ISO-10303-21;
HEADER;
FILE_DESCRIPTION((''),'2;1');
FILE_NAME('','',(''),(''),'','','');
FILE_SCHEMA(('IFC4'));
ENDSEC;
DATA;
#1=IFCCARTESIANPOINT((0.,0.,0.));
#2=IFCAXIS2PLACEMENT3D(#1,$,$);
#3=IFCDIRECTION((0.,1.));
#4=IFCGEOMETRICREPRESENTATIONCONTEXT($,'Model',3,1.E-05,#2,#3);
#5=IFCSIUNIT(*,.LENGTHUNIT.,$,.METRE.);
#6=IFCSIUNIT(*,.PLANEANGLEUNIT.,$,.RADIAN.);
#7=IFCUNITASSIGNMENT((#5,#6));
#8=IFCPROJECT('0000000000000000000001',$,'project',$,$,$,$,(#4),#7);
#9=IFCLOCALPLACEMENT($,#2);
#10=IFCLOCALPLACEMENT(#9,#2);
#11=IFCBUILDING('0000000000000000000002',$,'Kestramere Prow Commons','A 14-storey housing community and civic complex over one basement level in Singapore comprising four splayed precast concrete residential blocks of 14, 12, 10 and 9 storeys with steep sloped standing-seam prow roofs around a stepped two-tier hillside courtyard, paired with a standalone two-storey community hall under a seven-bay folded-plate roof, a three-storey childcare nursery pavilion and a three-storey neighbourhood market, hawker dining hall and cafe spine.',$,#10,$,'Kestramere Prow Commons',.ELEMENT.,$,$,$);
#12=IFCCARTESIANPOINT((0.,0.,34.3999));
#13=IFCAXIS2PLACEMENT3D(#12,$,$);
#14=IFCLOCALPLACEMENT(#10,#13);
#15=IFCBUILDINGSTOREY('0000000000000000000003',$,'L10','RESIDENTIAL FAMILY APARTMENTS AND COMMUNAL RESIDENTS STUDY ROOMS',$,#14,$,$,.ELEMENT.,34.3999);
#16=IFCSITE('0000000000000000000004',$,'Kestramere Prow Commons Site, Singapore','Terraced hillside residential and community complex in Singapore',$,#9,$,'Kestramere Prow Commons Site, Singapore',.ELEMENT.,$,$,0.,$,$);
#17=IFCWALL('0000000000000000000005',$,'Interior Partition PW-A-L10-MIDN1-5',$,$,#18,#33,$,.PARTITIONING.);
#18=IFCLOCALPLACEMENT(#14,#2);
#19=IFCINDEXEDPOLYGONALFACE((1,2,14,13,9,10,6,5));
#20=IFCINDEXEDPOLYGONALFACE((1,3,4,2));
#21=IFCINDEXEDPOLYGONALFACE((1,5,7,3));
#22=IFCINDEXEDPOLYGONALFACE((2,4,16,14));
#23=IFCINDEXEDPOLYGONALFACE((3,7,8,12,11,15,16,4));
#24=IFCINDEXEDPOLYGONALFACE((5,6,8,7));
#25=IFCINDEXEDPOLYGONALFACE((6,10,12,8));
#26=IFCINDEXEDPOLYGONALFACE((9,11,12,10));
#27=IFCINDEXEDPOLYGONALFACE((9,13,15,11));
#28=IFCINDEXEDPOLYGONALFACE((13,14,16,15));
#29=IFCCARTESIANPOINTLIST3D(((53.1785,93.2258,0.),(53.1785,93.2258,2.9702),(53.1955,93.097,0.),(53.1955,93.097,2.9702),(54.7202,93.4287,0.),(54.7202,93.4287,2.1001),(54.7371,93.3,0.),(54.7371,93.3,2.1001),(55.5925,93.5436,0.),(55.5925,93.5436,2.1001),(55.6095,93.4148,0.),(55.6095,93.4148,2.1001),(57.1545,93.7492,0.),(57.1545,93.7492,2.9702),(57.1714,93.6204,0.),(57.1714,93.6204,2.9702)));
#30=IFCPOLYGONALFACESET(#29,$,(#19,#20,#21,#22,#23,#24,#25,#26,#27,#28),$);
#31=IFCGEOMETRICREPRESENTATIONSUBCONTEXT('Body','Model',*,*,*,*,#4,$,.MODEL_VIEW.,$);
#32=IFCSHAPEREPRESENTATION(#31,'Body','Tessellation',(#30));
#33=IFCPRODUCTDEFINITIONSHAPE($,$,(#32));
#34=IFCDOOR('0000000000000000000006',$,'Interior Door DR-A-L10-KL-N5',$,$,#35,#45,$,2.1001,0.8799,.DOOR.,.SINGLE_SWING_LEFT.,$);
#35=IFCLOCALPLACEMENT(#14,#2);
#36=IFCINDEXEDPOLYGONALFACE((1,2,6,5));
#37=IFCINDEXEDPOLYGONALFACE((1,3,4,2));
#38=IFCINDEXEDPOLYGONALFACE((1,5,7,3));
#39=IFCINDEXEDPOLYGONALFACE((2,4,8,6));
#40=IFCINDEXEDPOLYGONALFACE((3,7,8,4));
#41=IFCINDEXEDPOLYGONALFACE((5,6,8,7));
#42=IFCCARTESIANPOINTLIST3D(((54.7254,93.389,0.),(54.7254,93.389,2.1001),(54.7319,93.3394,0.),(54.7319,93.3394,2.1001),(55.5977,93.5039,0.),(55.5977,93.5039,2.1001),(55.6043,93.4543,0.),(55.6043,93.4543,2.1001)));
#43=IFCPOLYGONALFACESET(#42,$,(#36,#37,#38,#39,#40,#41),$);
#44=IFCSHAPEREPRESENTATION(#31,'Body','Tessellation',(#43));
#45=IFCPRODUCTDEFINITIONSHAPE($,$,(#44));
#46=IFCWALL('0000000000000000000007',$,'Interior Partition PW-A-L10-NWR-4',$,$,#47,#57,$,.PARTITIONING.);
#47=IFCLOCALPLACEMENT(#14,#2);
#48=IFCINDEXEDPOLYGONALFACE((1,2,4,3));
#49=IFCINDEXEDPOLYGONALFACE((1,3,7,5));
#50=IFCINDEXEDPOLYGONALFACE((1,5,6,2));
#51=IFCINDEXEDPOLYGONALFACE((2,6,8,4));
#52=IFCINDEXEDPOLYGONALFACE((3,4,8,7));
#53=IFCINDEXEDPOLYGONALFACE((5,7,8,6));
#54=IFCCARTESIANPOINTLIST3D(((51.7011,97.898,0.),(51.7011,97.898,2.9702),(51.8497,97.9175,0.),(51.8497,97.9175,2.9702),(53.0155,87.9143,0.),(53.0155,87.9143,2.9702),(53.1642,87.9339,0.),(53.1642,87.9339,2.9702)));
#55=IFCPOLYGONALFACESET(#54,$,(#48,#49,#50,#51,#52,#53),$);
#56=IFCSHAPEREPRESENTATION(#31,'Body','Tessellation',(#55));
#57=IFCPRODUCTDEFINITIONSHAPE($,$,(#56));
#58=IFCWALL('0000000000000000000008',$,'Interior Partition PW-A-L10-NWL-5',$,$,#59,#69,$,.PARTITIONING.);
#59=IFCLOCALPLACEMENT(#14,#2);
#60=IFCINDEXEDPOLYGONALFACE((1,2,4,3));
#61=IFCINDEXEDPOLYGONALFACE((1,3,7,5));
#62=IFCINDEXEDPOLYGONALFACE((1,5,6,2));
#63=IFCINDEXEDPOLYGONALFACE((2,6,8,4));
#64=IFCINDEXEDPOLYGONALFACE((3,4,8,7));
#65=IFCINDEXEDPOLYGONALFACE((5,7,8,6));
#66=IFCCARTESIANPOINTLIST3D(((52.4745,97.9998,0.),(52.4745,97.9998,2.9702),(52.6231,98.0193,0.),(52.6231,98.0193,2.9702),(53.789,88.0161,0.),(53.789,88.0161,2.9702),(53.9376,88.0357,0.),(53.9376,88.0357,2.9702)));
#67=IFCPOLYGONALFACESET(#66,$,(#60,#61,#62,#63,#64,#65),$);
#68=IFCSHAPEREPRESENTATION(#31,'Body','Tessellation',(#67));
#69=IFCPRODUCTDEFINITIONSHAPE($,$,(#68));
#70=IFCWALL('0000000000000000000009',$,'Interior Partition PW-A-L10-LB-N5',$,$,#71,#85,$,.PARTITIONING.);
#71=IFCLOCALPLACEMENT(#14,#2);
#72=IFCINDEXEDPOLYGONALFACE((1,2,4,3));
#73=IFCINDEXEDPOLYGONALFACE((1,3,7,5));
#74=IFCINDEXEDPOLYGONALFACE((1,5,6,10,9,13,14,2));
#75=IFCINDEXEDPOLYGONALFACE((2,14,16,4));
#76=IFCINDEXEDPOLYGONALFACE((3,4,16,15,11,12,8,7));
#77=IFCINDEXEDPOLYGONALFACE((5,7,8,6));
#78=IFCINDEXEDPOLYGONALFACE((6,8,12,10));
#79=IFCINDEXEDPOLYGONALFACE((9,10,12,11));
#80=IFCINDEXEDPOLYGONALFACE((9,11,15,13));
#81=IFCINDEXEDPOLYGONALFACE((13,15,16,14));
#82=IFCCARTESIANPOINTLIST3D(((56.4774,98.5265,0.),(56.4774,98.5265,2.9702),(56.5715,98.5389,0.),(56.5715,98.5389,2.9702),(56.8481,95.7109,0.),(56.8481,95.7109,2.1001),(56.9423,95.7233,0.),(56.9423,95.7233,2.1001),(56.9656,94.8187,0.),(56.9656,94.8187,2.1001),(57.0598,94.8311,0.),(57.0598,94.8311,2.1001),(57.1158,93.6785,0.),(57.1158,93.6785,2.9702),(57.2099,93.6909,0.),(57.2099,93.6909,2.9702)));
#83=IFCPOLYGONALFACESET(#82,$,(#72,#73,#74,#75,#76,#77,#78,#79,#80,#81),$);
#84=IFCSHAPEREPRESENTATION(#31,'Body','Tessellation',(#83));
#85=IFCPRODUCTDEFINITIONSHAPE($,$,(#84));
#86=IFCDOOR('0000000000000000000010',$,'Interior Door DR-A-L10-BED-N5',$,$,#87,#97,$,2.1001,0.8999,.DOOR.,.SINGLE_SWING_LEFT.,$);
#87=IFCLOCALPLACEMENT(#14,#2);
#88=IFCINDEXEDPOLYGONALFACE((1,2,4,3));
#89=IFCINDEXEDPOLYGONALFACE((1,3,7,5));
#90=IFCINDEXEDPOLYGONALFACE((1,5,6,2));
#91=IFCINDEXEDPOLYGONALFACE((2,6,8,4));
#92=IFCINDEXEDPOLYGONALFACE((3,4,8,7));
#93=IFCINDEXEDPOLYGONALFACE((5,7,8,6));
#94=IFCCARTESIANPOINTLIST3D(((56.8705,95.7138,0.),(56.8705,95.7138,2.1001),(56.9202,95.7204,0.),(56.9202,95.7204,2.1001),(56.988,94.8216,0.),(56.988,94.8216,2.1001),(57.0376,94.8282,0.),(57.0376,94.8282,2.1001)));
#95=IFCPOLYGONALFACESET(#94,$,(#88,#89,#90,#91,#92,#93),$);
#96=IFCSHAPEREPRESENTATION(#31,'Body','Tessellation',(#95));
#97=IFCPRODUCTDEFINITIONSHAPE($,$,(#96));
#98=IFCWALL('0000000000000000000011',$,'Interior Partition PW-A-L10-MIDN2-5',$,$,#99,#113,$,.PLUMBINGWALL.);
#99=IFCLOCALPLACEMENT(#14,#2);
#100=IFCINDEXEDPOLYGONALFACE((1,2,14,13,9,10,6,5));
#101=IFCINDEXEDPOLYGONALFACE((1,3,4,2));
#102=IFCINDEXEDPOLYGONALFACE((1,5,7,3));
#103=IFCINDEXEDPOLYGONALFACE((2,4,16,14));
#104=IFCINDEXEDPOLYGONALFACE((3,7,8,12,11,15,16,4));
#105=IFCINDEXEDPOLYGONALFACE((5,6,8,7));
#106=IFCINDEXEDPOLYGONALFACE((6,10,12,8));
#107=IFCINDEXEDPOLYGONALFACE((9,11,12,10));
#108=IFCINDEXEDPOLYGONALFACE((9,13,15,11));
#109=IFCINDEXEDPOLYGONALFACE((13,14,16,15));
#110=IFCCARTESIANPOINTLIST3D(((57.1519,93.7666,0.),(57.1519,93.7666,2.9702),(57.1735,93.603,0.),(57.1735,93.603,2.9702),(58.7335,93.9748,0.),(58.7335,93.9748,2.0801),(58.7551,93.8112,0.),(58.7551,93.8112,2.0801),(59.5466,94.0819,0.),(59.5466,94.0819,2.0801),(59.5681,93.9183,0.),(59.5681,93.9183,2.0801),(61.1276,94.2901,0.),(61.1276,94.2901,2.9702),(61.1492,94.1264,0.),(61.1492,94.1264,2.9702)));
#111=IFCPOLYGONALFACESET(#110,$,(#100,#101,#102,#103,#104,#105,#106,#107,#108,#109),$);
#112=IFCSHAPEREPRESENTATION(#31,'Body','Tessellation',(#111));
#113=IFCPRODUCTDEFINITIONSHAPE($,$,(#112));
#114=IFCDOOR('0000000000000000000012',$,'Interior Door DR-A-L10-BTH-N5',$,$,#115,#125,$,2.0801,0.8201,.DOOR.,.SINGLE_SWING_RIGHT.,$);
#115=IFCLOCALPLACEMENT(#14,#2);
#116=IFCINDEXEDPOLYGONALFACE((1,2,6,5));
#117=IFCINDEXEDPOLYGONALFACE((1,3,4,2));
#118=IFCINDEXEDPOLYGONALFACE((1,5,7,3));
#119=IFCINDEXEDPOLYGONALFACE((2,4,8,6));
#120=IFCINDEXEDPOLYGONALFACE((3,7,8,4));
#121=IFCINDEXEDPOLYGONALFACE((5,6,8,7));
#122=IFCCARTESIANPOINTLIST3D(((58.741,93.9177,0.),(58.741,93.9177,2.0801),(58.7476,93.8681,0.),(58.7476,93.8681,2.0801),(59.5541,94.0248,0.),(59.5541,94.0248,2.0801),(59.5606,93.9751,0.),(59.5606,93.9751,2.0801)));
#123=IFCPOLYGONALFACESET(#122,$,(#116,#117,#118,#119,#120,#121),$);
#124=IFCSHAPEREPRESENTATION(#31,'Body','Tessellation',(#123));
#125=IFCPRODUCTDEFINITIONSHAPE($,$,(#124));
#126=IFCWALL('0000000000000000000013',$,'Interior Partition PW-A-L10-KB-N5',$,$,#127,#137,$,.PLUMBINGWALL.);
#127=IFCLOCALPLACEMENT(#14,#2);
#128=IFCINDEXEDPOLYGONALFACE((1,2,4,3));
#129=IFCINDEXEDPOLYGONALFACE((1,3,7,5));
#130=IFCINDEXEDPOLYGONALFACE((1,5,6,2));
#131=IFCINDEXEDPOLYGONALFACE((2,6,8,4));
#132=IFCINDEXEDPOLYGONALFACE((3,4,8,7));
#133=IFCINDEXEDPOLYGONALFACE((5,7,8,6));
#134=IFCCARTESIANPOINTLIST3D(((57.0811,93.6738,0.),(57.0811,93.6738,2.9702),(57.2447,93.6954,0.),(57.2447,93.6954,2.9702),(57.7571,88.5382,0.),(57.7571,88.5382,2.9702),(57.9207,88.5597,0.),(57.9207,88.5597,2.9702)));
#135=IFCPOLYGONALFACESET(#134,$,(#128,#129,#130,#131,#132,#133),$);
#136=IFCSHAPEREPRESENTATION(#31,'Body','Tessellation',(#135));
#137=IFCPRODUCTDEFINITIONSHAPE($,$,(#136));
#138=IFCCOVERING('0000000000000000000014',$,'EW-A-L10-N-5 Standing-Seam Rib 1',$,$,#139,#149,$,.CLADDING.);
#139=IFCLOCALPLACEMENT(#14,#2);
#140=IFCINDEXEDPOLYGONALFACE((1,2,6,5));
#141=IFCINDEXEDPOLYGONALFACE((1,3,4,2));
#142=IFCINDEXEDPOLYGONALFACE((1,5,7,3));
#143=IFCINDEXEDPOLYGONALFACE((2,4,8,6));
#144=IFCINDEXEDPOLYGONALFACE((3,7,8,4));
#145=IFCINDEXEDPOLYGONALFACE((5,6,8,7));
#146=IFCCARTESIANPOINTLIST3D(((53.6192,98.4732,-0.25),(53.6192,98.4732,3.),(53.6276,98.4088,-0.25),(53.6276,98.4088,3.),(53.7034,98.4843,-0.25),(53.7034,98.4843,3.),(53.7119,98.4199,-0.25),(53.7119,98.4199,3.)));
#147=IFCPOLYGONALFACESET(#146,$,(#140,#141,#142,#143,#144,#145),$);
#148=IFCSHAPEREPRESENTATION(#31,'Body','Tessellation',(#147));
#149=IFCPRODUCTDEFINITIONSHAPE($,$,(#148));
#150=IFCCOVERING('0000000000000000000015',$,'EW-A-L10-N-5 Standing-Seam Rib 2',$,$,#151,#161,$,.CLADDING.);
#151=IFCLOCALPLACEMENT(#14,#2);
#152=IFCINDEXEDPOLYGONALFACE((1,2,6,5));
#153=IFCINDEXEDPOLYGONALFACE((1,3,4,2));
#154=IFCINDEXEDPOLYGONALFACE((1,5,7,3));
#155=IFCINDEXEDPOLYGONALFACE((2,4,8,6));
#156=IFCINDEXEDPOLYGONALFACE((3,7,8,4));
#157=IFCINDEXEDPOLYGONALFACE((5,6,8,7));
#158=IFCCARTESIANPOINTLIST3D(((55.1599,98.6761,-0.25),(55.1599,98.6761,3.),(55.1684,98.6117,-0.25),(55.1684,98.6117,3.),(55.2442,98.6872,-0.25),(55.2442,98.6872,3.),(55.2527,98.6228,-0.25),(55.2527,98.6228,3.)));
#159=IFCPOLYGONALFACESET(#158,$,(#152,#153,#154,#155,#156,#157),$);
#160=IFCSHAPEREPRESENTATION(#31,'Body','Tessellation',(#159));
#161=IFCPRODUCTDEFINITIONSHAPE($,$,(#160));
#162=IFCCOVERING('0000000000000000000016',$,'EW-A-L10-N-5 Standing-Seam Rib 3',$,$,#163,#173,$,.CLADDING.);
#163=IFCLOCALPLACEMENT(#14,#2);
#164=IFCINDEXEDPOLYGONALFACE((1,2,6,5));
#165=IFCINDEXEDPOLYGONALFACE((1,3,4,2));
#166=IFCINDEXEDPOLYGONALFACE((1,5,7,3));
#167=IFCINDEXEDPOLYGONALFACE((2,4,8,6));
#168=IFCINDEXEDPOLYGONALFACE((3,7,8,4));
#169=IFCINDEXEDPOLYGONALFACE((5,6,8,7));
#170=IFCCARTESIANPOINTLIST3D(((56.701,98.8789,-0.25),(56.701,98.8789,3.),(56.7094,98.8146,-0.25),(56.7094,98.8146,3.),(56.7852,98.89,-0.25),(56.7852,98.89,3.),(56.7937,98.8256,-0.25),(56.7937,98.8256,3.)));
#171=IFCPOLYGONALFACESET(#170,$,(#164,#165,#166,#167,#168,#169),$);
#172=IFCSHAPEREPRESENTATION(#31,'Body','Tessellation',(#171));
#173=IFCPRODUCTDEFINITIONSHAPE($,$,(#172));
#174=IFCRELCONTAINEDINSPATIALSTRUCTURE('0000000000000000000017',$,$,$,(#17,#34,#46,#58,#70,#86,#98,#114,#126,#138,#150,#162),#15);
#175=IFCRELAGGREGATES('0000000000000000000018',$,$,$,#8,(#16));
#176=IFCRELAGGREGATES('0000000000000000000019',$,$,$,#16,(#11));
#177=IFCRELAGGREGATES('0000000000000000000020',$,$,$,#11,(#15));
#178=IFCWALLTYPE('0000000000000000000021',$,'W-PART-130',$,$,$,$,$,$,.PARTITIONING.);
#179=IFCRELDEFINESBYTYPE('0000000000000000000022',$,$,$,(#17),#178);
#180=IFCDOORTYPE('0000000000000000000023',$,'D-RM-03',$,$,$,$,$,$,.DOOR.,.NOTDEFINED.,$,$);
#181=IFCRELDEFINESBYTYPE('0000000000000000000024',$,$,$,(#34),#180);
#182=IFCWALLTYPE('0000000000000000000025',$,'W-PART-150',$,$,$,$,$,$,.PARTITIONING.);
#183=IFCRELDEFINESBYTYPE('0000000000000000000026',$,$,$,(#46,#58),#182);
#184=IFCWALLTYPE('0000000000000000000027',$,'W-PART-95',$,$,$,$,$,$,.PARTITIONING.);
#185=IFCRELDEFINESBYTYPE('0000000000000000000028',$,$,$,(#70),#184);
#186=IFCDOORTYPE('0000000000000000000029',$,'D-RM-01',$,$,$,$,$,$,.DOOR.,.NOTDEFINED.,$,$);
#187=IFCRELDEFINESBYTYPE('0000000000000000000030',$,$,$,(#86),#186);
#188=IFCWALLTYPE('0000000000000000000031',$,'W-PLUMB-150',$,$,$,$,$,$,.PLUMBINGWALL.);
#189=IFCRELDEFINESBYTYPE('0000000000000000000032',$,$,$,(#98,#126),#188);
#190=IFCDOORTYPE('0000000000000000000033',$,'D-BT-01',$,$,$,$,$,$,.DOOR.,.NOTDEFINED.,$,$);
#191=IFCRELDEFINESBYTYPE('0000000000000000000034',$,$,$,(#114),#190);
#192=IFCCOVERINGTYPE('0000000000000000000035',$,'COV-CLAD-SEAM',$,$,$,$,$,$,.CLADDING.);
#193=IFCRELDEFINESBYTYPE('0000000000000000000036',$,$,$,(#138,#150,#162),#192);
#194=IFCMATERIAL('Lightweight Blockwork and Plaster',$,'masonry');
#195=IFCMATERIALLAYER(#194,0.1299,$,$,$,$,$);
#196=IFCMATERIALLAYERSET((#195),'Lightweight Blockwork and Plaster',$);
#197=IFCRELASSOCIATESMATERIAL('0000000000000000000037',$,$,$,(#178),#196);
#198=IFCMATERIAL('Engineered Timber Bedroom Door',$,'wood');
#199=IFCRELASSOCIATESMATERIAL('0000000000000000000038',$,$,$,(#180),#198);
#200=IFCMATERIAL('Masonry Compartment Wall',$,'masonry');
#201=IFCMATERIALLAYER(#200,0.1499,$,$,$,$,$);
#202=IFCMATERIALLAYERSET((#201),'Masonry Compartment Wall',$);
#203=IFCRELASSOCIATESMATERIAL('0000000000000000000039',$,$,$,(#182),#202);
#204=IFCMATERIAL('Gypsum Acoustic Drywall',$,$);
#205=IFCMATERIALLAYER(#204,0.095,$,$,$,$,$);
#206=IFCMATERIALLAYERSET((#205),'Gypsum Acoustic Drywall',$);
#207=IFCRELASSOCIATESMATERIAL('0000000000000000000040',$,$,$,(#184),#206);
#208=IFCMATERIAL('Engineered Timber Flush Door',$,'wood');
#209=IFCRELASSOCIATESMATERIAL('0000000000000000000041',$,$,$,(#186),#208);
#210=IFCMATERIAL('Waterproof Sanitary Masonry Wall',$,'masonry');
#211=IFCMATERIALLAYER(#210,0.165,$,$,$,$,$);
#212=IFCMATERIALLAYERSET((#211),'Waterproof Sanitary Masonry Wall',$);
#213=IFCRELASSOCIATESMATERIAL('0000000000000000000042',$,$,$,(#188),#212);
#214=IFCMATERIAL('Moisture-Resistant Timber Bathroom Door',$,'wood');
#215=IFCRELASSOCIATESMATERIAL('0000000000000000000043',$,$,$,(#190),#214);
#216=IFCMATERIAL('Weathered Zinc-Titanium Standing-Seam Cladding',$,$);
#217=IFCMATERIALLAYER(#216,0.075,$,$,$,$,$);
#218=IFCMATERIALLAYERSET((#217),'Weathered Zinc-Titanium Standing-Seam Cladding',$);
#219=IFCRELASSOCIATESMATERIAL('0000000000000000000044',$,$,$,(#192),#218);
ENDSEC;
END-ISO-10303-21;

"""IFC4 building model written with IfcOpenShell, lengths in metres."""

from ifc_helpers import new_model, si_unit, direction, frame, frame_2d, origin, origin_2d, place, context, subcontext, project, spatial, rectangle, extrude, material, layer, layer_set, type_object, element, fill, save


model = new_model("IFC4")

# Units and contexts
model_context = context("Model", 3, precision=1e-05, world=origin(), true_north=direction((0.0, 1.0)))
body_context = subcontext(model_context, "Body", "Model", "MODEL_VIEW")
ifc_project = project(units=[si_unit("LENGTHUNIT", "METRE"), si_unit("PLANEANGLEUNIT", "RADIAN")], contexts=[model_context])

# Site, building, storey
site_placement = place(None, origin())
site = spatial("IfcSite", under=ifc_project, at=site_placement, Name="Kestramere Prow Commons Site, Singapore", Description="Terraced hillside residential and community complex in Singapore", LongName="Kestramere Prow Commons Site, Singapore", CompositionType="ELEMENT", RefElevation=0.0)
building_placement = place(site_placement, origin())
building = spatial("IfcBuilding", under=site, at=building_placement, Name="Kestramere Prow Commons", Description="A 14-storey housing community and civic complex over one basement level in Singapore comprising four splayed precast concrete residential blocks of 14, 12, 10 and 9 storeys with steep sloped standing-seam prow roofs around a stepped two-tier hillside courtyard, paired with a standalone two-storey community hall under a seven-bay folded-plate roof, a three-storey childcare nursery pavilion and a three-storey neighbourhood market, hawker dining hall and cafe spine.", LongName="Kestramere Prow Commons", CompositionType="ELEMENT")
storey_placement = place(building_placement, frame((0.0, 0.0, 34.3999)))
storey = spatial("IfcBuildingStorey", under=building, at=storey_placement, Name="L10", Description="RESIDENTIAL FAMILY APARTMENTS AND COMMUNAL RESIDENTS STUDY ROOMS", CompositionType="ELEMENT", Elevation=34.3999)

# Wall, opening, door
ifc_material_1 = material(Name="Lightweight Blockwork and Plaster", Category="masonry")
ifc_layer_1 = layer(ifc_material_1, 0.1299)
ifc_layer_set_1 = layer_set([ifc_layer_1], Name="Lightweight Blockwork and Plaster")
wall_type_1 = type_object("IfcWallType", Name="W-PART-130", PredefinedType="PARTITIONING", material=ifc_layer_set_1)
wall_1_placement = place(storey_placement, frame((53.187, 93.1614, 0.0), z_axis=(0.0, 0.0, 1.0), x_axis=(0.991445, 0.130529, 0.0)))
wall_1 = element("IfcWall", 1, at=wall_1_placement, inside=storey, type_object=wall_type_1, Name="Interior Partition PW-A-L10-MIDN1-5", PredefinedType="PARTITIONING", context=body_context, shape_type="SweptSolid", body=[
    extrude(rectangle(XDim=4.0103, YDim=0.1299, at=frame_2d((2.0051, 0.0))), origin(), (0.0, 0.0, 1.0), 2.9702),
])
opening_1_placement = place(wall_1_placement, frame((1.5549, 0.0, 0.0)))
opening_1 = element("IfcOpeningElement", 2, at=opening_1_placement, cuts=wall_1, PredefinedType="OPENING", context=body_context, shape_type="SweptSolid", body=[
    extrude(rectangle(XDim=0.8799, YDim=2.1001, at=frame_2d((0.4399, 1.05))), frame((0.0, 0.0798, 0.0), z_axis=(0.0, -1.0, 0.0), x_axis=(1.0, 0.0, 0.0)), (0.0, 0.0, 1.0), 0.1599),
])
ifc_material_2 = material(Name="Engineered Timber Bedroom Door", Category="wood")
door_type_1 = type_object("IfcDoorType", Name="D-RM-03", OperationType="NOTDEFINED", PredefinedType="DOOR", material=ifc_material_2)
door_1_placement = place(opening_1_placement, origin())
door_1 = element("IfcDoor", 3, at=door_1_placement, inside=storey, type_object=door_type_1, Name="Interior Door DR-A-L10-KL-N5", OperationType="SINGLE_SWING_LEFT", OverallHeight=2.1001, OverallWidth=0.8799, PredefinedType="DOOR", context=body_context, shape_type="SweptSolid", body=[
    extrude(rectangle(XDim=0.8799, YDim=2.1001, at=frame_2d((0.4399, 1.05))), frame((0.0, 0.0249, 0.0), z_axis=(0.0, -1.0, 0.0), x_axis=(1.0, 0.0, 0.0)), (0.0, 0.0, 1.0), 0.05),
])
fill(opening_1, door_1)

# Walls
ifc_material_3 = material(Name="Masonry Compartment Wall", Category="masonry")
ifc_layer_2 = layer(ifc_material_3, 0.1499)
ifc_layer_set_2 = layer_set([ifc_layer_2], Name="Masonry Compartment Wall")
wall_type_2 = type_object("IfcWallType", Name="W-PART-150", PredefinedType="PARTITIONING", material=ifc_layer_set_2)
for number, where, z_axis, x_axis, name in (
    (4, (53.0898, 87.9241, 0.0), (0.0, 0.0, 1.0), (-0.130534, 0.991444, 0.0), "Interior Partition PW-A-L10-NWR-4"),
    (5, (53.8633, 88.0259, 0.0), (0.0, 0.0, 1.0), (-0.130534, 0.991444, 0.0), "Interior Partition PW-A-L10-NWL-5"),
):
    element("IfcWall", number, at=place(storey_placement, frame(where, z_axis=z_axis, x_axis=x_axis)), inside=storey, type_object=wall_type_2, Name=name, PredefinedType="PARTITIONING", context=body_context, shape_type="SweptSolid", body=[
        extrude(rectangle(XDim=10.0698, YDim=0.1499, at=frame_2d((5.0349, 0.0))), origin(), (0.0, 0.0, 1.0), 2.9702),
    ])

# Walls, openings, doors
ifc_material_4 = material(Name="Gypsum Acoustic Drywall")
ifc_layer_3 = layer(ifc_material_4, 0.095)
ifc_layer_set_3 = layer_set([ifc_layer_3], Name="Gypsum Acoustic Drywall")
wall_type_3 = type_object("IfcWallType", Name="W-PART-95", PredefinedType="PARTITIONING", material=ifc_layer_set_3)
wall_2_placement = place(storey_placement, frame((57.1628, 93.6848, 0.0), z_axis=(0.0, 0.0, 1.0), x_axis=(-0.130558, 0.991441, 0.0)))
wall_2 = element("IfcWall", 6, at=wall_2_placement, inside=storey, type_object=wall_type_3, Name="Interior Partition PW-A-L10-LB-N5", PredefinedType="PARTITIONING", context=body_context, shape_type="SweptSolid", body=[
    extrude(rectangle(XDim=4.8899, YDim=0.095, at=frame_2d((2.4448, 0.0))), origin(), (0.0, 0.0, 1.0), 2.9702),
])
opening_2_placement = place(wall_2_placement, frame((1.1499, 0.0, 0.0)))
opening_2 = element("IfcOpeningElement", 7, at=opening_2_placement, cuts=wall_2, PredefinedType="OPENING", context=body_context, shape_type="SweptSolid", body=[
    extrude(rectangle(XDim=0.8999, YDim=2.1001, at=frame_2d((0.45, 1.05))), frame((0.0, 0.0625, 0.0), z_axis=(0.0, -1.0, 0.0), x_axis=(1.0, 0.0, 0.0)), (0.0, 0.0, 1.0), 0.125),
])
ifc_material_5 = material(Name="Engineered Timber Flush Door", Category="wood")
door_type_2 = type_object("IfcDoorType", Name="D-RM-01", OperationType="NOTDEFINED", PredefinedType="DOOR", material=ifc_material_5)
door_2_placement = place(opening_2_placement, origin())
door_2 = element("IfcDoor", 8, at=door_2_placement, inside=storey, type_object=door_type_2, Name="Interior Door DR-A-L10-BED-N5", OperationType="SINGLE_SWING_LEFT", OverallHeight=2.1001, OverallWidth=0.8999, PredefinedType="DOOR", context=body_context, shape_type="SweptSolid", body=[
    extrude(rectangle(XDim=0.8999, YDim=2.1001, at=frame_2d((0.45, 1.05))), frame((0.0, 0.0249, 0.0), z_axis=(0.0, -1.0, 0.0), x_axis=(1.0, 0.0, 0.0)), (0.0, 0.0, 1.0), 0.05),
])
fill(opening_2, door_2)
ifc_material_6 = material(Name="Waterproof Sanitary Masonry Wall", Category="masonry")
ifc_layer_4 = layer(ifc_material_6, 0.165)
ifc_layer_set_4 = layer_set([ifc_layer_4], Name="Waterproof Sanitary Masonry Wall")
wall_type_4 = type_object("IfcWallType", Name="W-PLUMB-150", PredefinedType="PLUMBINGWALL", material=ifc_layer_set_4)
wall_3_placement = place(storey_placement, frame((57.1628, 93.6848, 0.0), z_axis=(0.0, 0.0, 1.0), x_axis=(0.991444, 0.130536, 0.0)))
wall_3 = element("IfcWall", 9, at=wall_3_placement, inside=storey, type_object=wall_type_4, Name="Interior Partition PW-A-L10-MIDN2-5", PredefinedType="PLUMBINGWALL", context=body_context, shape_type="SweptSolid", body=[
    extrude(rectangle(XDim=4.01, YDim=0.165, at=frame_2d((2.0049, 0.0))), origin(), (0.0, 0.0, 1.0), 2.9702),
])
opening_3_placement = place(wall_3_placement, frame((1.595, 0.0, 0.0)))
opening_3 = element("IfcOpeningElement", 10, at=opening_3_placement, cuts=wall_3, PredefinedType="OPENING", context=body_context, shape_type="SweptSolid", body=[
    extrude(rectangle(XDim=0.8201, YDim=2.0801, at=frame_2d((0.4102, 1.04))), frame((0.0, 0.0974, 0.0), z_axis=(0.0, -1.0, 0.0), x_axis=(1.0, 0.0, 0.0)), (0.0, 0.0, 1.0), 0.1951),
])
ifc_material_7 = material(Name="Moisture-Resistant Timber Bathroom Door", Category="wood")
door_type_3 = type_object("IfcDoorType", Name="D-BT-01", OperationType="NOTDEFINED", PredefinedType="DOOR", material=ifc_material_7)
door_3_placement = place(opening_3_placement, origin())
door_3 = element("IfcDoor", 11, at=door_3_placement, inside=storey, type_object=door_type_3, Name="Interior Door DR-A-L10-BTH-N5", OperationType="SINGLE_SWING_RIGHT", OverallHeight=2.0801, OverallWidth=0.8201, PredefinedType="DOOR", context=body_context, shape_type="SweptSolid", body=[
    extrude(rectangle(XDim=0.8201, YDim=2.0801, at=frame_2d((0.4102, 1.04))), frame((0.0, 0.0249, 0.0), z_axis=(0.0, -1.0, 0.0), x_axis=(1.0, 0.0, 0.0)), (0.0, 0.0, 1.0), 0.05),
])
fill(opening_3, door_3)

# Wall
wall_4_placement = place(storey_placement, frame((57.8389, 88.5491, 0.0), z_axis=(0.0, 0.0, 1.0), x_axis=(-0.130506, 0.991448, 0.0)))
element("IfcWall", 12, at=wall_4_placement, inside=storey, type_object=wall_type_4, Name="Interior Partition PW-A-L10-KB-N5", PredefinedType="PLUMBINGWALL", context=body_context, shape_type="SweptSolid", body=[
    extrude(rectangle(XDim=5.1799, YDim=0.165, at=frame_2d((2.5898, 0.0))), origin(), (0.0, 0.0, 1.0), 2.9702),
])

# Coverings
ifc_material_8 = material(Name="Weathered Zinc-Titanium Standing-Seam Cladding")
ifc_layer_5 = layer(ifc_material_8, 0.075)
ifc_layer_set_5 = layer_set([ifc_layer_5], Name="Weathered Zinc-Titanium Standing-Seam Cladding")
covering_type = type_object("IfcCoveringType", Name="COV-CLAD-SEAM", PredefinedType="CLADDING", material=ifc_layer_set_5)
for number, where, z_axis, x_axis, name in (
    (13, (53.6655, 98.4465, -0.25), (0.0, 0.0, 1.0), (0.991445, 0.130526, 0.0), "EW-A-L10-N-5 Standing-Seam Rib 1"),
    (14, (55.2063, 98.6494, -0.25), (0.0, 0.0, 1.0), (0.991445, 0.130526, 0.0), "EW-A-L10-N-5 Standing-Seam Rib 2"),
    (15, (56.7473, 98.8523, -0.25), (0.0, 0.0, 1.0), (0.991445, 0.130526, 0.0), "EW-A-L10-N-5 Standing-Seam Rib 3"),
):
    element("IfcCovering", number, at=place(storey_placement, frame(where, z_axis=z_axis, x_axis=x_axis)), inside=storey, type_object=covering_type, Name=name, PredefinedType="CLADDING", context=body_context, shape_type="SweptSolid", body=[
        extrude(rectangle(XDim=0.085, YDim=0.0649, at=origin_2d()), origin(), (0.0, 0.0, 1.0), 3.25),
    ])

save(model, "model.ifc")
